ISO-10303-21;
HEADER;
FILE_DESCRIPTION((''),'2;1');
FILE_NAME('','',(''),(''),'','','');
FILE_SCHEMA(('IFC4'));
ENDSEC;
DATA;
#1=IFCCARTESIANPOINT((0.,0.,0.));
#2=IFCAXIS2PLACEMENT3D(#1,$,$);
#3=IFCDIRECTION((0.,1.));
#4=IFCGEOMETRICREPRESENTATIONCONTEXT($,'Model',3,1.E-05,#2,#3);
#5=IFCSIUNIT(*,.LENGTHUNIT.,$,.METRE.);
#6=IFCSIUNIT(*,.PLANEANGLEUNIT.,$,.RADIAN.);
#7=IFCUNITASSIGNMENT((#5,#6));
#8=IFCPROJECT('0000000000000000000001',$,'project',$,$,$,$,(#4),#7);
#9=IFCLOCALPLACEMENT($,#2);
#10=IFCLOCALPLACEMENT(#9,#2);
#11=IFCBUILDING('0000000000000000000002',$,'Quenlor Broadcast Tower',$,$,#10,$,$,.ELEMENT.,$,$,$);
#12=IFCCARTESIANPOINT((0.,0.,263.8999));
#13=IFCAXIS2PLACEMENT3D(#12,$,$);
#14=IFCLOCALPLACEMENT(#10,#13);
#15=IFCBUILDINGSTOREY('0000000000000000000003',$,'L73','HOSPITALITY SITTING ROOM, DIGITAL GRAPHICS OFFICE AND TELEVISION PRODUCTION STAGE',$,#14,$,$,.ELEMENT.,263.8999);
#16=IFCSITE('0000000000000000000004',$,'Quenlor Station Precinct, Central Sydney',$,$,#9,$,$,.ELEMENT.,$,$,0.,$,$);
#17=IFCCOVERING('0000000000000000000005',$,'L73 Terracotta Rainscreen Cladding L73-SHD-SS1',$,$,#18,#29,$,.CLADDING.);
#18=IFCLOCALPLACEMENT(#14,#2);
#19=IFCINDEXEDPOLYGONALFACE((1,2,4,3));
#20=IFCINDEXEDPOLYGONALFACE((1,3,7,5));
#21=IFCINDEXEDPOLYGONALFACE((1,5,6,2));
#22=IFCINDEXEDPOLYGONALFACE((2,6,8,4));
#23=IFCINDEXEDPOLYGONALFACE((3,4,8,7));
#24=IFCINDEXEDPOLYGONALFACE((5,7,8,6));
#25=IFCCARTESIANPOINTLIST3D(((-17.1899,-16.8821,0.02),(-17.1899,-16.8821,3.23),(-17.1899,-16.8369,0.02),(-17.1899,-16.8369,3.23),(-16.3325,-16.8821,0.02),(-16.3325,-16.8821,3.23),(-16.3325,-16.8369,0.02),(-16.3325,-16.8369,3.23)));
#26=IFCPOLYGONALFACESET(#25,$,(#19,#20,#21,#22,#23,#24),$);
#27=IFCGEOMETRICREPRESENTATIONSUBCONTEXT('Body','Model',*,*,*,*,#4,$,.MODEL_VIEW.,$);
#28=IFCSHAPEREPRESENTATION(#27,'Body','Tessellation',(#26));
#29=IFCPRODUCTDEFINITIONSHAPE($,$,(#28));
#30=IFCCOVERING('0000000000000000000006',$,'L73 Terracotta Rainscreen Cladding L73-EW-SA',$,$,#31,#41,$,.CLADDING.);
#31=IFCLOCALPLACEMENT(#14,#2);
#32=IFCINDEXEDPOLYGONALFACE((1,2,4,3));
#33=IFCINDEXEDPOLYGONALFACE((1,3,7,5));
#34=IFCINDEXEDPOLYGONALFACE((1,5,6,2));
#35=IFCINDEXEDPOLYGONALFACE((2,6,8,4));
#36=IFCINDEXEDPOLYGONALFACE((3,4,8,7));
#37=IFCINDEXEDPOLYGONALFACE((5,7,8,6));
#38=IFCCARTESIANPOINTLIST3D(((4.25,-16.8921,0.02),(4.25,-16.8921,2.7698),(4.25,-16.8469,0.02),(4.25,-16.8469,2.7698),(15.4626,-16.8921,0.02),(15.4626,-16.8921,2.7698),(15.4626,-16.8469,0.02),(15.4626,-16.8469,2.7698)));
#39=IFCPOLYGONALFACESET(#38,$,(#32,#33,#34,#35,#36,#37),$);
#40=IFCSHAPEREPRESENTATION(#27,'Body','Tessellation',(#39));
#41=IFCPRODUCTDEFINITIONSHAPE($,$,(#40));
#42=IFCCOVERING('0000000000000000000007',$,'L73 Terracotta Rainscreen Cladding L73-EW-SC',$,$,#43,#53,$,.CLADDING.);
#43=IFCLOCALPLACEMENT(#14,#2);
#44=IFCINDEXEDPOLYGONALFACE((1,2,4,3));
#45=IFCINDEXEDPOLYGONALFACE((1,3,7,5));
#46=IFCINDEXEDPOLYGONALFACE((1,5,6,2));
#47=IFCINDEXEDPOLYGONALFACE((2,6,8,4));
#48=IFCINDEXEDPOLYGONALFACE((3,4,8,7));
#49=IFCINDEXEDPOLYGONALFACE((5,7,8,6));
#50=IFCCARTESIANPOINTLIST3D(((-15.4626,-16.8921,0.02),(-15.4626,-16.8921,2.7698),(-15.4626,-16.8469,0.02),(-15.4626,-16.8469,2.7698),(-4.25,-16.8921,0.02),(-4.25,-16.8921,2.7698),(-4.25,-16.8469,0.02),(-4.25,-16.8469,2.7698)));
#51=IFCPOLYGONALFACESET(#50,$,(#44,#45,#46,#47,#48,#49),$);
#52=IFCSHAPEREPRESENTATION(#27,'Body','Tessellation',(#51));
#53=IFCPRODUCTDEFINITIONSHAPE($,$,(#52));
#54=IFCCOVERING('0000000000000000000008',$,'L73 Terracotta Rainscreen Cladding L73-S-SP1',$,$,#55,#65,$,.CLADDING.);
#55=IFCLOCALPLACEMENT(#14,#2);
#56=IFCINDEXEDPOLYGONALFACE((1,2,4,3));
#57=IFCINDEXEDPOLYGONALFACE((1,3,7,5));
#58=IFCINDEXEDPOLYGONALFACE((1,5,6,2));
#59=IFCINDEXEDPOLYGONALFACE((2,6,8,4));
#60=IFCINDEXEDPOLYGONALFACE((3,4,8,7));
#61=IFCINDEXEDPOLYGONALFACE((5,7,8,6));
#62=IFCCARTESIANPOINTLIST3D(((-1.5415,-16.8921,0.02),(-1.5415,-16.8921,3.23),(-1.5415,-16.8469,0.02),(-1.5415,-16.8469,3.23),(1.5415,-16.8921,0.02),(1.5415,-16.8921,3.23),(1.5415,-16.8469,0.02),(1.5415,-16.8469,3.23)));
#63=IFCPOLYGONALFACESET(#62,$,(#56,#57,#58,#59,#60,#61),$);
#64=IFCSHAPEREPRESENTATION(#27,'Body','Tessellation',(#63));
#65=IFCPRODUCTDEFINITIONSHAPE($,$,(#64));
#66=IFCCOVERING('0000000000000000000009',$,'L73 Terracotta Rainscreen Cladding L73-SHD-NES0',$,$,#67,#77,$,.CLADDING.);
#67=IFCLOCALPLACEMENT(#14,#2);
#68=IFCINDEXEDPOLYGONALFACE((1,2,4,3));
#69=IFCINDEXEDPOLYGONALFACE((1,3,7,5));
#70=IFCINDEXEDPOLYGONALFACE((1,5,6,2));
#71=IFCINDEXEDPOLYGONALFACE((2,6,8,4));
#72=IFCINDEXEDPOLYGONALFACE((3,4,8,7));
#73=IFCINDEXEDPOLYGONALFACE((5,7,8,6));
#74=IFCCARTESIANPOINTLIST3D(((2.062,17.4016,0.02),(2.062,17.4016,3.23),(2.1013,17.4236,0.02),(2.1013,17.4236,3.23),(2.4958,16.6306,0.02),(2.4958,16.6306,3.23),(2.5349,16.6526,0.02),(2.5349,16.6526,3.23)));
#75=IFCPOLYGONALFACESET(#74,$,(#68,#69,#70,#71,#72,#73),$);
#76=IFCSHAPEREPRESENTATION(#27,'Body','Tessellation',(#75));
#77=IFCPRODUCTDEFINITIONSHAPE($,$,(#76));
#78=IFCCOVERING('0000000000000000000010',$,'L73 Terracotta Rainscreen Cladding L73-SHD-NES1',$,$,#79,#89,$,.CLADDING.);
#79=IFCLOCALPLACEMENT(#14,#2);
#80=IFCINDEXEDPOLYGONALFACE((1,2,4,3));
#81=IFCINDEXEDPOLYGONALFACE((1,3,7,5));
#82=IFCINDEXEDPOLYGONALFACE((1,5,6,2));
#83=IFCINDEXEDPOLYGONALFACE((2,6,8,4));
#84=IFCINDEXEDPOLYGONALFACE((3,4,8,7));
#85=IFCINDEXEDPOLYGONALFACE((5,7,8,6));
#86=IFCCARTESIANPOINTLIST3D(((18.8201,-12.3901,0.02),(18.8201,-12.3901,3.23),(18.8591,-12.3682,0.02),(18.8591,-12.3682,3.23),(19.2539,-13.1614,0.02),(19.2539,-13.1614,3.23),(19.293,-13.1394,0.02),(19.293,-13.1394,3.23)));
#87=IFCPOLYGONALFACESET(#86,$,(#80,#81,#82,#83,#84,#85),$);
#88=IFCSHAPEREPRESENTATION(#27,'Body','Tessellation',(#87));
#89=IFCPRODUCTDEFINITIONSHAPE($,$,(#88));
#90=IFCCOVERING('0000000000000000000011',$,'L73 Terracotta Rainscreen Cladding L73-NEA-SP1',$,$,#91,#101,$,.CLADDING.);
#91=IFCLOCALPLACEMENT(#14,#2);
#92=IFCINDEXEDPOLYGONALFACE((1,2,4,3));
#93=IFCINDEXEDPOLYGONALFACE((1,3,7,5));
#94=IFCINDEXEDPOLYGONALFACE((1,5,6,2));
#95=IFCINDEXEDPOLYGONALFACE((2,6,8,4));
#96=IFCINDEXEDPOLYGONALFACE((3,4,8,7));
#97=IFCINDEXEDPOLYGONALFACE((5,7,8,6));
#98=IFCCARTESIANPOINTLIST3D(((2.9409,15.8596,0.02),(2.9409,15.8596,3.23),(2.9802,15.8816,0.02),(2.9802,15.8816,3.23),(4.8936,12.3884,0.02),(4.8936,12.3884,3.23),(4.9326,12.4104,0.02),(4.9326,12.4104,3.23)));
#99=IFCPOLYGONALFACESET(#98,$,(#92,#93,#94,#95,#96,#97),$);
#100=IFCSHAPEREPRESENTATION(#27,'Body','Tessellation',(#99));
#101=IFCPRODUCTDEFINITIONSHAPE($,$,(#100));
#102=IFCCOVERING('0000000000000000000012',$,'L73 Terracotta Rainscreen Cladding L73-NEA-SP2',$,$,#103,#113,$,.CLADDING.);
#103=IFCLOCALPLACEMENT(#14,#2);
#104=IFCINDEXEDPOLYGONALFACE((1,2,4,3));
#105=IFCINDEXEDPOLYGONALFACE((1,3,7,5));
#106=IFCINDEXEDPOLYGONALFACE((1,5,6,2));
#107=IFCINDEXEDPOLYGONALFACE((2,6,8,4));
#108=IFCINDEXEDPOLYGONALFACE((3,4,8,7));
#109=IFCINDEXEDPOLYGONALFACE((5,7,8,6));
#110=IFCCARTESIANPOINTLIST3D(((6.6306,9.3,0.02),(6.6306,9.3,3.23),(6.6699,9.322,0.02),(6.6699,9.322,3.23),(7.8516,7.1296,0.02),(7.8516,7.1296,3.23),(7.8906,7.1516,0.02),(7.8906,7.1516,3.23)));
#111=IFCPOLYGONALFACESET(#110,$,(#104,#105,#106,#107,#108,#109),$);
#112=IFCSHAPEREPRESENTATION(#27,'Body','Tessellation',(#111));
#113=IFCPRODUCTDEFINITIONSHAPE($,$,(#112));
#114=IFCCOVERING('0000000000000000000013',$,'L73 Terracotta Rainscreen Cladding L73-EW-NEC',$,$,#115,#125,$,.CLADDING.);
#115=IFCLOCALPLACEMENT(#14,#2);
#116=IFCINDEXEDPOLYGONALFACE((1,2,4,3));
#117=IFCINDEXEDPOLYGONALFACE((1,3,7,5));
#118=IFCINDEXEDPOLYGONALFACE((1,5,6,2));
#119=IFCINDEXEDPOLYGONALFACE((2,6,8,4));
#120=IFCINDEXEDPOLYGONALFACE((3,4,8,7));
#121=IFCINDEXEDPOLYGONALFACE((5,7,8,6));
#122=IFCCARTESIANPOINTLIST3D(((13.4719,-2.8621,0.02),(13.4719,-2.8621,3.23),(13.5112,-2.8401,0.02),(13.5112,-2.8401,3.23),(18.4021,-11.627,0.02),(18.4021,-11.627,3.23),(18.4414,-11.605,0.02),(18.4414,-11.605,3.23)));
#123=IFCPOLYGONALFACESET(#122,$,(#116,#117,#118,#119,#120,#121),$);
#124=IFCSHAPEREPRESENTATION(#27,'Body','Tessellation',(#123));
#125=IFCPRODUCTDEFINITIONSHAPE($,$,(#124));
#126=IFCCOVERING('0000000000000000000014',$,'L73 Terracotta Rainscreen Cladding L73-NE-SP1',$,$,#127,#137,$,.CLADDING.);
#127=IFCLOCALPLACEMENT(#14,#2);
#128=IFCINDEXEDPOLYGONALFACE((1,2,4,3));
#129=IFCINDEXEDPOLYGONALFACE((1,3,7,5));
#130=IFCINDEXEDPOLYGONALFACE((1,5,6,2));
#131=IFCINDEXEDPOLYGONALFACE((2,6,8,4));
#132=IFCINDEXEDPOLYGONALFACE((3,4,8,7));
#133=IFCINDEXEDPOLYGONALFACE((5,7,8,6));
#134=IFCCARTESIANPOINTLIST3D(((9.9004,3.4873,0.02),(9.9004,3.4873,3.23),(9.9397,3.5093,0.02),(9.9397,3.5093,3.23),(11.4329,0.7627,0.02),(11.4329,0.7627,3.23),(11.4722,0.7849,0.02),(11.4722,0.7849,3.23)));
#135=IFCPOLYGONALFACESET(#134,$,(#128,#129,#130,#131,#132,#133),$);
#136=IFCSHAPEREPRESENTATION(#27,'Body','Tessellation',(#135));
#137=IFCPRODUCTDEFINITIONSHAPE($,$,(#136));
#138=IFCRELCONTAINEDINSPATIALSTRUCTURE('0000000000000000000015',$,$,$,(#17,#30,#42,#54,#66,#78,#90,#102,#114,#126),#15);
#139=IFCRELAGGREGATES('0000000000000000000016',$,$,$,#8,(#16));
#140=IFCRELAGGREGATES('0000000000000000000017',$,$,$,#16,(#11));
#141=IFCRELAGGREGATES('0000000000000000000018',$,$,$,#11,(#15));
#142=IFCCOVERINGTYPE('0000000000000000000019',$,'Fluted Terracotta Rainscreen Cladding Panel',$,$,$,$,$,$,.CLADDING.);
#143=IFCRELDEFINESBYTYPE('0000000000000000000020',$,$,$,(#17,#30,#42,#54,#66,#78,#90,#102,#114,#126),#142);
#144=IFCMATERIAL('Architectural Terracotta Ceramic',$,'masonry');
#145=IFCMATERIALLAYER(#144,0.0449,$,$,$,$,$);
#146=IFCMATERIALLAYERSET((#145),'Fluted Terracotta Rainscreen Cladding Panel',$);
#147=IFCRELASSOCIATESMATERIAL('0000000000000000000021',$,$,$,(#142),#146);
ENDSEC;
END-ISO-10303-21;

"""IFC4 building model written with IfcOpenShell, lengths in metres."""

from ifc_helpers import new_model, si_unit, direction, frame, origin, place, context, subcontext, project, spatial, polyline, outline, extrude, material, layer, layer_set, type_object, element, save


model = new_model("IFC4")

# Units and contexts
model_context = context("Model", 3, precision=1e-05, world=origin(), true_north=direction((0.0, 1.0)))
body_context = subcontext(model_context, "Body", "Model", "MODEL_VIEW")
ifc_project = project(units=[si_unit("LENGTHUNIT", "METRE"), si_unit("PLANEANGLEUNIT", "RADIAN")], contexts=[model_context])

# Site, building, storey
site_placement = place(None, origin())
site = spatial("IfcSite", under=ifc_project, at=site_placement, Name="Quenlor Station Precinct, Central Sydney", CompositionType="ELEMENT", RefElevation=0.0)
building_placement = place(site_placement, origin())
building = spatial("IfcBuilding", under=site, at=building_placement, Name="Quenlor Broadcast Tower", CompositionType="ELEMENT")
storey_placement = place(building_placement, frame((0.0, 0.0, 263.8999)))
storey = spatial("IfcBuildingStorey", under=building, at=storey_placement, Name="L73", Description="HOSPITALITY SITTING ROOM, DIGITAL GRAPHICS OFFICE AND TELEVISION PRODUCTION STAGE", CompositionType="ELEMENT", Elevation=263.8999)

# Coverings
ifc_material_1 = material(Name="Architectural Terracotta Ceramic", Category="masonry")
ifc_layer_1 = layer(ifc_material_1, 0.0449)
ifc_layer_set_1 = layer_set([ifc_layer_1], Name="Fluted Terracotta Rainscreen Cladding Panel")
covering_type = type_object("IfcCoveringType", Name="Fluted Terracotta Rainscreen Cladding Panel", PredefinedType="CLADDING", material=ifc_layer_set_1)
covering_1_placement = place(storey_placement, frame((0.0, 0.0, 0.02)))
element("IfcCovering", 1, at=covering_1_placement, inside=storey, type_object=covering_type, Name="L73 Terracotta Rainscreen Cladding L73-SHD-SS1", PredefinedType="CLADDING", context=body_context, shape_type="SweptSolid", body=[
    extrude(outline(polyline([(-16.3325, -16.8369), (-17.1899, -16.8369), (-17.1899, -16.8821), (-16.3325, -16.8821), (-16.3325, -16.8369)])), origin(), (0.0, 0.0, 1.0), 3.21),
])
covering_2_placement = place(storey_placement, frame((0.0, 0.0, 0.02)))
element("IfcCovering", 2, at=covering_2_placement, inside=storey, type_object=covering_type, Name="L73 Terracotta Rainscreen Cladding L73-EW-SA", PredefinedType="CLADDING", context=body_context, shape_type="SweptSolid", body=[
    extrude(outline(polyline([(15.4626, -16.8469), (4.25, -16.8469), (4.25, -16.8921), (15.4626, -16.8921), (15.4626, -16.8469)])), origin(), (0.0, 0.0, 1.0), 2.7498),
])
covering_3_placement = place(storey_placement, frame((0.0, 0.0, 0.02)))
element("IfcCovering", 3, at=covering_3_placement, inside=storey, type_object=covering_type, Name="L73 Terracotta Rainscreen Cladding L73-EW-SC", PredefinedType="CLADDING", context=body_context, shape_type="SweptSolid", body=[
    extrude(outline(polyline([(-4.25, -16.8469), (-15.4626, -16.8469), (-15.4626, -16.8921), (-4.25, -16.8921), (-4.25, -16.8469)])), origin(), (0.0, 0.0, 1.0), 2.7498),
])
covering_4_placement = place(storey_placement, frame((0.0, 0.0, 0.02)))
element("IfcCovering", 4, at=covering_4_placement, inside=storey, type_object=covering_type, Name="L73 Terracotta Rainscreen Cladding L73-S-SP1", PredefinedType="CLADDING", context=body_context, shape_type="SweptSolid", body=[
    extrude(outline(polyline([(1.5415, -16.8469), (-1.5415, -16.8469), (-1.5415, -16.8921), (1.5415, -16.8921), (1.5415, -16.8469)])), origin(), (0.0, 0.0, 1.0), 3.21),
])
covering_5_placement = place(storey_placement, frame((0.0, 0.0, 0.02)))
element("IfcCovering", 5, at=covering_5_placement, inside=storey, type_object=covering_type, Name="L73 Terracotta Rainscreen Cladding L73-SHD-NES0", PredefinedType="CLADDING", context=body_context, shape_type="SweptSolid", body=[
    extrude(outline(polyline([(2.062, 17.4016), (2.4958, 16.6306), (2.5349, 16.6526), (2.1013, 17.4236), (2.062, 17.4016)])), origin(), (0.0, 0.0, 1.0), 3.21),
])
covering_6_placement = place(storey_placement, frame((0.0, 0.0, 0.02)))
element("IfcCovering", 6, at=covering_6_placement, inside=storey, type_object=covering_type, Name="L73 Terracotta Rainscreen Cladding L73-SHD-NES1", PredefinedType="CLADDING", context=body_context, shape_type="SweptSolid", body=[
    extrude(outline(polyline([(18.8201, -12.3901), (19.2539, -13.1614), (19.293, -13.1394), (18.8591, -12.3682), (18.8201, -12.3901)])), origin(), (0.0, 0.0, 1.0), 3.21),
])
covering_7_placement = place(storey_placement, frame((0.0, 0.0, 0.02)))
element("IfcCovering", 7, at=covering_7_placement, inside=storey, type_object=covering_type, Name="L73 Terracotta Rainscreen Cladding L73-NEA-SP1", PredefinedType="CLADDING", context=body_context, shape_type="SweptSolid", body=[
    extrude(outline(polyline([(2.9409, 15.8596), (4.8936, 12.3884), (4.9326, 12.4104), (2.9802, 15.8816), (2.9409, 15.8596)])), origin(), (0.0, 0.0, 1.0), 3.21),
])
covering_8_placement = place(storey_placement, frame((0.0, 0.0, 0.02)))
element("IfcCovering", 8, at=covering_8_placement, inside=storey, type_object=covering_type, Name="L73 Terracotta Rainscreen Cladding L73-NEA-SP2", PredefinedType="CLADDING", context=body_context, shape_type="SweptSolid", body=[
    extrude(outline(polyline([(6.6306, 9.3), (7.8516, 7.1296), (7.8906, 7.1516), (6.6699, 9.322), (6.6306, 9.3)])), origin(), (0.0, 0.0, 1.0), 3.21),
])
covering_9_placement = place(storey_placement, frame((0.0, 0.0, 0.02)))
element("IfcCovering", 9, at=covering_9_placement, inside=storey, type_object=covering_type, Name="L73 Terracotta Rainscreen Cladding L73-EW-NEC", PredefinedType="CLADDING", context=body_context, shape_type="SweptSolid", body=[
    extrude(outline(polyline([(13.4719, -2.8621), (18.4021, -11.627), (18.4414, -11.605), (13.5112, -2.8401), (13.4719, -2.8621)])), origin(), (0.0, 0.0, 1.0), 3.21),
])
covering_10_placement = place(storey_placement, frame((0.0, 0.0, 0.02)))
element("IfcCovering", 10, at=covering_10_placement, inside=storey, type_object=covering_type, Name="L73 Terracotta Rainscreen Cladding L73-NE-SP1", PredefinedType="CLADDING", context=body_context, shape_type="SweptSolid", body=[
    extrude(outline(polyline([(9.9004, 3.4873), (11.4329, 0.7627), (11.4722, 0.7849), (9.9397, 3.5093), (9.9004, 3.4873)])), origin(), (0.0, 0.0, 1.0), 3.21),
])

save(model, "model.ifc")
